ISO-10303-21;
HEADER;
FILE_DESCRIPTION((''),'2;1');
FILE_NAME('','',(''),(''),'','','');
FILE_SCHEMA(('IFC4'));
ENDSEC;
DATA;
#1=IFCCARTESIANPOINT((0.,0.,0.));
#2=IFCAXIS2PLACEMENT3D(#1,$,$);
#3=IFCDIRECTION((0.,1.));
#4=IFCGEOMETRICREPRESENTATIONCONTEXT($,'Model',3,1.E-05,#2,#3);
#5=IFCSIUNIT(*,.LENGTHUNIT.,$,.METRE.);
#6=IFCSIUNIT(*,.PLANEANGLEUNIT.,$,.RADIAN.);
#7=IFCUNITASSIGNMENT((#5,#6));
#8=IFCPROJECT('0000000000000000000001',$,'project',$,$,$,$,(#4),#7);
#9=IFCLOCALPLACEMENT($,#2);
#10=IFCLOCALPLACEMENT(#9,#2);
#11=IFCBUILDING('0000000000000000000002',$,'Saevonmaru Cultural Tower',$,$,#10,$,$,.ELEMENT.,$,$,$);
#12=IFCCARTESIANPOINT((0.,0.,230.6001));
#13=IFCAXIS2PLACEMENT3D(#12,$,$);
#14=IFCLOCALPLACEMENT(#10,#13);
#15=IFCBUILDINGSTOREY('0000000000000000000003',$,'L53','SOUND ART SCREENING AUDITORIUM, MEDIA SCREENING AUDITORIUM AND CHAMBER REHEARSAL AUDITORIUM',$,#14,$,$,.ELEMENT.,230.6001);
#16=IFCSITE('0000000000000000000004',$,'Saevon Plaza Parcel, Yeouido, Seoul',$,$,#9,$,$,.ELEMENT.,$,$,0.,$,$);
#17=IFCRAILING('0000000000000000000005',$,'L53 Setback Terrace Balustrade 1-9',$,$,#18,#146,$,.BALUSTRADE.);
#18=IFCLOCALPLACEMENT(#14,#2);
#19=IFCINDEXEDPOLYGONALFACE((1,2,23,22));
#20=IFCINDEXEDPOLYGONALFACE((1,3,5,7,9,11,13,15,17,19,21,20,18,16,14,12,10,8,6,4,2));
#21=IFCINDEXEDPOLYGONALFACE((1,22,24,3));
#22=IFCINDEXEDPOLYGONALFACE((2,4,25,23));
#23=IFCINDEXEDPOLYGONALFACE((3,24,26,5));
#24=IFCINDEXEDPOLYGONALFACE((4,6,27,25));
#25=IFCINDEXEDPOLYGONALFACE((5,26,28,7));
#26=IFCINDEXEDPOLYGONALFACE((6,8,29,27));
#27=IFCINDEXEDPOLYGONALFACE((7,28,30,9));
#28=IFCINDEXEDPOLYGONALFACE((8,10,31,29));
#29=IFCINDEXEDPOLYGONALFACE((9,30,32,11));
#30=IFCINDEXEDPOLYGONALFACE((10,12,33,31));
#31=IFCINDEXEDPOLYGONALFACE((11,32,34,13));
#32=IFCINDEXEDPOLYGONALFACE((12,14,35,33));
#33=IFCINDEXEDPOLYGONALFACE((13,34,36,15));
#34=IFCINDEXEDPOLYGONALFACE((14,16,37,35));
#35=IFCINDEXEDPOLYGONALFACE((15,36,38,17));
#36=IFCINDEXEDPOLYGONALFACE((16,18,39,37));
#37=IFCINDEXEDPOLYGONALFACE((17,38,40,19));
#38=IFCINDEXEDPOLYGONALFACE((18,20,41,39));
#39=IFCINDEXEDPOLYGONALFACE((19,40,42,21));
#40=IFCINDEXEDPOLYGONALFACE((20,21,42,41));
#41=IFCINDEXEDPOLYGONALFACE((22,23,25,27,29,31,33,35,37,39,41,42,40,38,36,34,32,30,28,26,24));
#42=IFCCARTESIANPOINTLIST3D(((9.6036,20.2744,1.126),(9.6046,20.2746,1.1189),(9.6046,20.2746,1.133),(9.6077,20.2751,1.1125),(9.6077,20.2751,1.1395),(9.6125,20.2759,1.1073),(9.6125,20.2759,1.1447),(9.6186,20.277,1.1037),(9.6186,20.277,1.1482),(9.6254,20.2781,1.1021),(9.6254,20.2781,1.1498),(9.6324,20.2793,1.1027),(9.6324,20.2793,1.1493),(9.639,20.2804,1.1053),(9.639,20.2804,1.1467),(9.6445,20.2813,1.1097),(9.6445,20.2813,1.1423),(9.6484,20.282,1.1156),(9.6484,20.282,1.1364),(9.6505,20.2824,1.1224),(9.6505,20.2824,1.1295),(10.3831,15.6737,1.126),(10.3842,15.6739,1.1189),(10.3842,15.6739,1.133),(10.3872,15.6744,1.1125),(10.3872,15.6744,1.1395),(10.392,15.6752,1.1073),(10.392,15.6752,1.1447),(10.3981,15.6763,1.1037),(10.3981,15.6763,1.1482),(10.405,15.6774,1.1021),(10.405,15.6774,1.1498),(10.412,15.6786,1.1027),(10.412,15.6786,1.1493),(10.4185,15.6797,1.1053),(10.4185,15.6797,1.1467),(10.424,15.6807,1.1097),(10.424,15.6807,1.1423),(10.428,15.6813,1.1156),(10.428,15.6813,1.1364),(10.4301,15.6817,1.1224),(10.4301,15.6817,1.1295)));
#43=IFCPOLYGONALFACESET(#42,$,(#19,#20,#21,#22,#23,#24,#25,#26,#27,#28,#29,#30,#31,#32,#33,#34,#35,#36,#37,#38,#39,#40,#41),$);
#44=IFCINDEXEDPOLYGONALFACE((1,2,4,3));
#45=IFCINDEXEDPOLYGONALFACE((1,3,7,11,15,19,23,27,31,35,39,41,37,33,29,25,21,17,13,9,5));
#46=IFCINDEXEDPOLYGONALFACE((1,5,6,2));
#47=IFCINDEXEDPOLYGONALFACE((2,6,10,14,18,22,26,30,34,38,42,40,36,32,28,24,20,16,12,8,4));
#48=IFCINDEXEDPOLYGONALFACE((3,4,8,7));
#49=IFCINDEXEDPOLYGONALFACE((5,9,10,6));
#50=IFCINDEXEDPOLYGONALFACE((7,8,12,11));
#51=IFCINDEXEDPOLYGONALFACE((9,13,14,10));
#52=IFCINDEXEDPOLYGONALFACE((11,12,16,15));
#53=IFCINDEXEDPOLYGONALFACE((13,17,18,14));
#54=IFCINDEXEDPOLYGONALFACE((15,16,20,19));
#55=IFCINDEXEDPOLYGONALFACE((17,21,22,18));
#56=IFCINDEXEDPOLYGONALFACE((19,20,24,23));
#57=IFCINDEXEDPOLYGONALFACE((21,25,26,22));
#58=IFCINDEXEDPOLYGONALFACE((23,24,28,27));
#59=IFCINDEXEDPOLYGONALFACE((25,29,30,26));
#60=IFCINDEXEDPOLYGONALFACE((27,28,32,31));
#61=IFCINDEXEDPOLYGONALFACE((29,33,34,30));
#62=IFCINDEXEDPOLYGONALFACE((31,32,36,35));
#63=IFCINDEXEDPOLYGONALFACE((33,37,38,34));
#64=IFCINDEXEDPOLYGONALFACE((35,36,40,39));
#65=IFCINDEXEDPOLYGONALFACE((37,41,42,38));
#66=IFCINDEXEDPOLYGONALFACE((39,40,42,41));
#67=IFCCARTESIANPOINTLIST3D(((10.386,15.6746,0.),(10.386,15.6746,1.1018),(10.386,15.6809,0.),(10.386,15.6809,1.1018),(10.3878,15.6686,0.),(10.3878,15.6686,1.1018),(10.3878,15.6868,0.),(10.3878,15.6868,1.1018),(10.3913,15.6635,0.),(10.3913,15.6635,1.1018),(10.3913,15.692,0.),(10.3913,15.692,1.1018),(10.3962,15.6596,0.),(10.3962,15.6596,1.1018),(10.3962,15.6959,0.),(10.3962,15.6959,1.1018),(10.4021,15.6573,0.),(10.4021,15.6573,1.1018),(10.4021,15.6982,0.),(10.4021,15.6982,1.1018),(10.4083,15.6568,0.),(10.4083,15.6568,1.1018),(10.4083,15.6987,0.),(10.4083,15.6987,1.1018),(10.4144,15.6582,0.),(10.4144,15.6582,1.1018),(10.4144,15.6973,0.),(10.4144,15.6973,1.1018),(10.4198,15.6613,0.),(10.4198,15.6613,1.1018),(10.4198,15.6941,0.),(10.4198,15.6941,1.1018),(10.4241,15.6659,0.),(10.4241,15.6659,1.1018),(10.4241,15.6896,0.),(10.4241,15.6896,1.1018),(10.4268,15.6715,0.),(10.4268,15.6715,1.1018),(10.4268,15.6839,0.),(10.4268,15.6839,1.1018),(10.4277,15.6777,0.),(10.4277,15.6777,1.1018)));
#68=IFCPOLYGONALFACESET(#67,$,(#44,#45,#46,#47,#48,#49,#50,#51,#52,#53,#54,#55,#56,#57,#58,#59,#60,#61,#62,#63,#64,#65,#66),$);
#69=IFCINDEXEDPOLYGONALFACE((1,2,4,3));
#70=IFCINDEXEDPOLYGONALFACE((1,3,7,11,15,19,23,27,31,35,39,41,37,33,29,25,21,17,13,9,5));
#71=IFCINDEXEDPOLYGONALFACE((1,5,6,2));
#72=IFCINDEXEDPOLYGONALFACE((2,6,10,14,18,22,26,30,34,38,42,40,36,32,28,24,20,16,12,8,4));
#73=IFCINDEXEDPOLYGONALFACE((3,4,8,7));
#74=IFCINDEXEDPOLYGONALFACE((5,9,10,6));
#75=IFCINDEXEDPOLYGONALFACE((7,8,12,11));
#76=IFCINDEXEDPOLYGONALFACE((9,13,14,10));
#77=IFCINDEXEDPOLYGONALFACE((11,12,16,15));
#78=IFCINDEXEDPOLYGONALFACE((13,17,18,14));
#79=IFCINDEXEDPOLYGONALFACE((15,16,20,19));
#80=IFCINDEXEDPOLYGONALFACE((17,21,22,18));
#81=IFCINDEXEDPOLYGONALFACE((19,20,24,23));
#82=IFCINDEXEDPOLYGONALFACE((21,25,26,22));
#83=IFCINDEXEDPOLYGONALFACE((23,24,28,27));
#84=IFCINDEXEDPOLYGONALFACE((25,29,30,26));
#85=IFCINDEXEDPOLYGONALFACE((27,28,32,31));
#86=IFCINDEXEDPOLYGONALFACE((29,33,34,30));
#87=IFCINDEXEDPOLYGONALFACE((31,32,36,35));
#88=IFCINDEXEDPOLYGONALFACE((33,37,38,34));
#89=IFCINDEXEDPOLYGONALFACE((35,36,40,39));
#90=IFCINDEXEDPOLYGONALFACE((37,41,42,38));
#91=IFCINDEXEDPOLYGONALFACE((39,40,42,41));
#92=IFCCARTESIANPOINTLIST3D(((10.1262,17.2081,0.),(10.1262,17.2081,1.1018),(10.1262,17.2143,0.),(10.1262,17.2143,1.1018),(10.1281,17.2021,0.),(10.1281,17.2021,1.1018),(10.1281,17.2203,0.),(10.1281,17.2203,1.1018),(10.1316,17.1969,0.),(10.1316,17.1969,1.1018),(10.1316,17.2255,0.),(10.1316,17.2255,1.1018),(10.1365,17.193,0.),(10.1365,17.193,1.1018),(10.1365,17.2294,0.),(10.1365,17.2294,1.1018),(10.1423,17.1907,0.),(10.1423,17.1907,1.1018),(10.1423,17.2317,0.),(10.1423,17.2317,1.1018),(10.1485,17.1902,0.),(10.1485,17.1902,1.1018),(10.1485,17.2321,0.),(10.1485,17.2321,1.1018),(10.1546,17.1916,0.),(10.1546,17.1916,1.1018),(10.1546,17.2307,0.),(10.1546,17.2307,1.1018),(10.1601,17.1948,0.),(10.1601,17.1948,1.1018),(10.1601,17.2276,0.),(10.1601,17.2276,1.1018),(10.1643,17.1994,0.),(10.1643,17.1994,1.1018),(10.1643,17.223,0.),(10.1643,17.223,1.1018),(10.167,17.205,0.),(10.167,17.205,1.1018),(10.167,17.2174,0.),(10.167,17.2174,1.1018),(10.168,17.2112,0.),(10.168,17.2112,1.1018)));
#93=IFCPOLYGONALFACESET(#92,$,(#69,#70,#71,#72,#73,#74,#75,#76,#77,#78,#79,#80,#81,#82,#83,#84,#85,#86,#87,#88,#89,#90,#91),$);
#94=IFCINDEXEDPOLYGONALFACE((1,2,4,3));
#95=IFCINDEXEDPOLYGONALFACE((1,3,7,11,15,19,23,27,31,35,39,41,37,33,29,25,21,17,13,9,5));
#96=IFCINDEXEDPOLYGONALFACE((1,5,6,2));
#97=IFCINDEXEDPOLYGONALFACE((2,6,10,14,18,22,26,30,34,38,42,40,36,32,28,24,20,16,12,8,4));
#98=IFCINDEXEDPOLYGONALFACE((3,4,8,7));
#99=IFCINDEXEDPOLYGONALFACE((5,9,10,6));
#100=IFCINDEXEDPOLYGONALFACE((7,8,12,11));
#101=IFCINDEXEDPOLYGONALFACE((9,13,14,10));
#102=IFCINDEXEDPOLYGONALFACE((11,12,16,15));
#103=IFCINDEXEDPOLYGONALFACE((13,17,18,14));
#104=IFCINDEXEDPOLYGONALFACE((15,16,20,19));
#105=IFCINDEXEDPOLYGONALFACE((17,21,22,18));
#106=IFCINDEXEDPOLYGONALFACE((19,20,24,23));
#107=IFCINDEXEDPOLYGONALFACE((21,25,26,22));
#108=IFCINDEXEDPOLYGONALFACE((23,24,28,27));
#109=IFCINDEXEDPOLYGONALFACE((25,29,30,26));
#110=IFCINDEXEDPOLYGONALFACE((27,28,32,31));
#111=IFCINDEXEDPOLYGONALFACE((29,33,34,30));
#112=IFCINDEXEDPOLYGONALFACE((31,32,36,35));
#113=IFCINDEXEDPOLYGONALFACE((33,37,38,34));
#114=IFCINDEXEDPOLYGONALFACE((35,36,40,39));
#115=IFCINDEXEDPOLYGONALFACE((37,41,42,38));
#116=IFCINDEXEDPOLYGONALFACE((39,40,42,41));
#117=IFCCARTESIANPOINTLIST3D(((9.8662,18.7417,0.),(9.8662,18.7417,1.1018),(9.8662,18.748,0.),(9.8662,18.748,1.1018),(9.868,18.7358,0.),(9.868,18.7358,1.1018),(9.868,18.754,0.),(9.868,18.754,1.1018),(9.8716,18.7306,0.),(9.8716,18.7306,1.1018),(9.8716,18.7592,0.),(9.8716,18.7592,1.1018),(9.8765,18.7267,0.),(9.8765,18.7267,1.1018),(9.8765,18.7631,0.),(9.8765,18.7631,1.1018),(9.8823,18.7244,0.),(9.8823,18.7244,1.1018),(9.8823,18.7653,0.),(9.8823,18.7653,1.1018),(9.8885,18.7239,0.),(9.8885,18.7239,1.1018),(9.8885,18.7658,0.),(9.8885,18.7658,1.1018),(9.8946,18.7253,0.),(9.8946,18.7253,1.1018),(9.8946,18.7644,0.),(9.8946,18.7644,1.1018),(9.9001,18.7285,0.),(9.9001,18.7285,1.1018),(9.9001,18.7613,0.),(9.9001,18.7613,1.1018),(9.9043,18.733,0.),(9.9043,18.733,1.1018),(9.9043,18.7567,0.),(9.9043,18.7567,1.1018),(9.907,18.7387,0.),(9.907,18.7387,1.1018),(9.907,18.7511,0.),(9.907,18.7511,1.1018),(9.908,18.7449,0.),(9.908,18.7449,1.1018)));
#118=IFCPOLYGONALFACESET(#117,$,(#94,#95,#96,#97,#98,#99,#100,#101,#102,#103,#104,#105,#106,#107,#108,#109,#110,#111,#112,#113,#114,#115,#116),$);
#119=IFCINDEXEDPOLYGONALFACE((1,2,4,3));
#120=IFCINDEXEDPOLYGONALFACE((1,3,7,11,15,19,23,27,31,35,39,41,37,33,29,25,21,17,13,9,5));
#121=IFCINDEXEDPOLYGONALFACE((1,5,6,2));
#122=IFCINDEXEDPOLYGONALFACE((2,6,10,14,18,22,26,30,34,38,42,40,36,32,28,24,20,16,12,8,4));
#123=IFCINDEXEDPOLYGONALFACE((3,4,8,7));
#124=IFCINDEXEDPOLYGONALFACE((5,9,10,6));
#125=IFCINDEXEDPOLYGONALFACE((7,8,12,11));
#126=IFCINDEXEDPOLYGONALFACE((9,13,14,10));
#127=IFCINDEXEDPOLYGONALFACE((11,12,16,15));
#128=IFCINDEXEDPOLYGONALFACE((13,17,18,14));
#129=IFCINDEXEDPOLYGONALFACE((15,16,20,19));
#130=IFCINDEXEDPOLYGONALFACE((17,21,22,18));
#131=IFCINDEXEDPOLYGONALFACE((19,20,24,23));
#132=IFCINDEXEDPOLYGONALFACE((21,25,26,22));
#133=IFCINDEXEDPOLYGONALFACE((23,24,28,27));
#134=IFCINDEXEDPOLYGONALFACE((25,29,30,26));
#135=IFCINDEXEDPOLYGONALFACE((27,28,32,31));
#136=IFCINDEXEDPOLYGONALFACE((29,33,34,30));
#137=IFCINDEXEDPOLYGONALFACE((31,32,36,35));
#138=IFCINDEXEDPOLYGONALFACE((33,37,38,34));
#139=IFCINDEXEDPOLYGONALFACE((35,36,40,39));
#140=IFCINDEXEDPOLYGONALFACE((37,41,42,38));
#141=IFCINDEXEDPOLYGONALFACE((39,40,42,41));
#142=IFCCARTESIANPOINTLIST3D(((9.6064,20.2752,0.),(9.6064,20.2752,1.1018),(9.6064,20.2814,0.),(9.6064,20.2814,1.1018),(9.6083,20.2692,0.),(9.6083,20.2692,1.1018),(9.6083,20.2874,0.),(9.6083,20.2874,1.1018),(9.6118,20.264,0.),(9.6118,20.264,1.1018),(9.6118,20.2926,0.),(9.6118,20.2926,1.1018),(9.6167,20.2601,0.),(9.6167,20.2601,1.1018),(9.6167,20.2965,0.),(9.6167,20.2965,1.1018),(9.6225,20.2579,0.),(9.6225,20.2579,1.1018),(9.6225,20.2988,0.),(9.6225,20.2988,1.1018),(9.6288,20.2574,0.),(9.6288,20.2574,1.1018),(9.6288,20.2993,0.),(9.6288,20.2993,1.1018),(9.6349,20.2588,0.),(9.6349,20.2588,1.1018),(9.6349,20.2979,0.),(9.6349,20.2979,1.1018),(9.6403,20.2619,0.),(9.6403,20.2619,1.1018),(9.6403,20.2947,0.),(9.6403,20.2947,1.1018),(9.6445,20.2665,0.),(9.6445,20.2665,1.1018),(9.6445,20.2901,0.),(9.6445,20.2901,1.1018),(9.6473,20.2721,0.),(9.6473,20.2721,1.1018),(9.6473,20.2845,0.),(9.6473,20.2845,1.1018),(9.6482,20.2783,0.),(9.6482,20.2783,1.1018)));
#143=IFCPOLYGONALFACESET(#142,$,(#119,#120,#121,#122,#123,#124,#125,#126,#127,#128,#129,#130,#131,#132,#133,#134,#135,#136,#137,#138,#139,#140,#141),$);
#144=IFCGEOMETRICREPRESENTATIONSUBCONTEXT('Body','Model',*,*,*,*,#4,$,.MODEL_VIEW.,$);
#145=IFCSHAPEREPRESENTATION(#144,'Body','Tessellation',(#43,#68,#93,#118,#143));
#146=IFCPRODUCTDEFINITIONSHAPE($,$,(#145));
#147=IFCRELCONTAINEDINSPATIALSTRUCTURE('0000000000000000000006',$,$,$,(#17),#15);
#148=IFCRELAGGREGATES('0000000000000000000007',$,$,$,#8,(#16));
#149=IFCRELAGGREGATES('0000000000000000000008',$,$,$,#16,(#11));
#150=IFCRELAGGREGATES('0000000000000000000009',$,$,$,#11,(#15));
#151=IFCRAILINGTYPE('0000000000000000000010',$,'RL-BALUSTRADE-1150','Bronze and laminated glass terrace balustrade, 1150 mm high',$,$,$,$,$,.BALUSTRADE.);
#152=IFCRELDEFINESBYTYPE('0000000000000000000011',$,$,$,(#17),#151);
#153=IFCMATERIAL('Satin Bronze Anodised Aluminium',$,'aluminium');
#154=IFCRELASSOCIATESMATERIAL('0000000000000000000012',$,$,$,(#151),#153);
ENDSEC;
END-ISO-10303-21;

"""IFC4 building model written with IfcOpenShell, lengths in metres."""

from ifc_helpers import new_model, si_unit, direction, frame, origin, origin_2d, place, context, subcontext, project, spatial, circle, extrude, material, type_object, element, save


model = new_model("IFC4")

# Units and contexts
model_context = context("Model", 3, precision=1e-05, world=origin(), true_north=direction((0.0, 1.0)))
body_context = subcontext(model_context, "Body", "Model", "MODEL_VIEW")
ifc_project = project(units=[si_unit("LENGTHUNIT", "METRE"), si_unit("PLANEANGLEUNIT", "RADIAN")], contexts=[model_context])

# Site, building, storey
site_placement = place(None, origin())
site = spatial("IfcSite", under=ifc_project, at=site_placement, Name="Saevon Plaza Parcel, Yeouido, Seoul", CompositionType="ELEMENT", RefElevation=0.0)
building_placement = place(site_placement, origin())
building = spatial("IfcBuilding", under=site, at=building_placement, Name="Saevonmaru Cultural Tower", CompositionType="ELEMENT")
storey_placement = place(building_placement, frame((0.0, 0.0, 230.6001)))
storey = spatial("IfcBuildingStorey", under=building, at=storey_placement, Name="L53", Description="SOUND ART SCREENING AUDITORIUM, MEDIA SCREENING AUDITORIUM AND CHAMBER REHEARSAL AUDITORIUM", CompositionType="ELEMENT", Elevation=230.6001)

# Shared definitions
ifc_material_1 = material(Name="Satin Bronze Anodised Aluminium", Category="aluminium")

# Railing
railing_type = type_object("IfcRailingType", Name="RL-BALUSTRADE-1150", Description="Bronze and laminated glass terrace balustrade, 1150 mm high", PredefinedType="BALUSTRADE", material=ifc_material_1)
railing_1_placement = place(storey_placement, frame((10.4067, 15.6777, 0.0)))
element("IfcRailing", 1, at=railing_1_placement, inside=storey, type_object=railing_type, Name="L53 Setback Terrace Balustrade 1-9", PredefinedType="BALUSTRADE", context=body_context, shape_type="SweptSolid", body=[
    extrude(circle(Radius=0.0239, at=origin_2d()), frame((0.0, 0.0, 1.126), z_axis=(-0.167063, 0.985946, 0.0), x_axis=(-0.985946, -0.167063, 0.0)), (0.0, 0.0, 1.0), 4.6663),
    extrude(circle(Radius=0.021, at=origin_2d()), origin(), (0.0, 0.0, 1.0), 1.1018),
    extrude(circle(Radius=0.021, at=origin_2d()), frame((-0.2598, 1.5334, 0.0)), (0.0, 0.0, 1.0), 1.1018),
    extrude(circle(Radius=0.021, at=origin_2d()), frame((-0.5198, 3.0671, 0.0)), (0.0, 0.0, 1.0), 1.1018),
    extrude(circle(Radius=0.021, at=origin_2d()), frame((-0.7795, 4.6006, 0.0)), (0.0, 0.0, 1.0), 1.1018),
])

save(model, "model.ifc")
